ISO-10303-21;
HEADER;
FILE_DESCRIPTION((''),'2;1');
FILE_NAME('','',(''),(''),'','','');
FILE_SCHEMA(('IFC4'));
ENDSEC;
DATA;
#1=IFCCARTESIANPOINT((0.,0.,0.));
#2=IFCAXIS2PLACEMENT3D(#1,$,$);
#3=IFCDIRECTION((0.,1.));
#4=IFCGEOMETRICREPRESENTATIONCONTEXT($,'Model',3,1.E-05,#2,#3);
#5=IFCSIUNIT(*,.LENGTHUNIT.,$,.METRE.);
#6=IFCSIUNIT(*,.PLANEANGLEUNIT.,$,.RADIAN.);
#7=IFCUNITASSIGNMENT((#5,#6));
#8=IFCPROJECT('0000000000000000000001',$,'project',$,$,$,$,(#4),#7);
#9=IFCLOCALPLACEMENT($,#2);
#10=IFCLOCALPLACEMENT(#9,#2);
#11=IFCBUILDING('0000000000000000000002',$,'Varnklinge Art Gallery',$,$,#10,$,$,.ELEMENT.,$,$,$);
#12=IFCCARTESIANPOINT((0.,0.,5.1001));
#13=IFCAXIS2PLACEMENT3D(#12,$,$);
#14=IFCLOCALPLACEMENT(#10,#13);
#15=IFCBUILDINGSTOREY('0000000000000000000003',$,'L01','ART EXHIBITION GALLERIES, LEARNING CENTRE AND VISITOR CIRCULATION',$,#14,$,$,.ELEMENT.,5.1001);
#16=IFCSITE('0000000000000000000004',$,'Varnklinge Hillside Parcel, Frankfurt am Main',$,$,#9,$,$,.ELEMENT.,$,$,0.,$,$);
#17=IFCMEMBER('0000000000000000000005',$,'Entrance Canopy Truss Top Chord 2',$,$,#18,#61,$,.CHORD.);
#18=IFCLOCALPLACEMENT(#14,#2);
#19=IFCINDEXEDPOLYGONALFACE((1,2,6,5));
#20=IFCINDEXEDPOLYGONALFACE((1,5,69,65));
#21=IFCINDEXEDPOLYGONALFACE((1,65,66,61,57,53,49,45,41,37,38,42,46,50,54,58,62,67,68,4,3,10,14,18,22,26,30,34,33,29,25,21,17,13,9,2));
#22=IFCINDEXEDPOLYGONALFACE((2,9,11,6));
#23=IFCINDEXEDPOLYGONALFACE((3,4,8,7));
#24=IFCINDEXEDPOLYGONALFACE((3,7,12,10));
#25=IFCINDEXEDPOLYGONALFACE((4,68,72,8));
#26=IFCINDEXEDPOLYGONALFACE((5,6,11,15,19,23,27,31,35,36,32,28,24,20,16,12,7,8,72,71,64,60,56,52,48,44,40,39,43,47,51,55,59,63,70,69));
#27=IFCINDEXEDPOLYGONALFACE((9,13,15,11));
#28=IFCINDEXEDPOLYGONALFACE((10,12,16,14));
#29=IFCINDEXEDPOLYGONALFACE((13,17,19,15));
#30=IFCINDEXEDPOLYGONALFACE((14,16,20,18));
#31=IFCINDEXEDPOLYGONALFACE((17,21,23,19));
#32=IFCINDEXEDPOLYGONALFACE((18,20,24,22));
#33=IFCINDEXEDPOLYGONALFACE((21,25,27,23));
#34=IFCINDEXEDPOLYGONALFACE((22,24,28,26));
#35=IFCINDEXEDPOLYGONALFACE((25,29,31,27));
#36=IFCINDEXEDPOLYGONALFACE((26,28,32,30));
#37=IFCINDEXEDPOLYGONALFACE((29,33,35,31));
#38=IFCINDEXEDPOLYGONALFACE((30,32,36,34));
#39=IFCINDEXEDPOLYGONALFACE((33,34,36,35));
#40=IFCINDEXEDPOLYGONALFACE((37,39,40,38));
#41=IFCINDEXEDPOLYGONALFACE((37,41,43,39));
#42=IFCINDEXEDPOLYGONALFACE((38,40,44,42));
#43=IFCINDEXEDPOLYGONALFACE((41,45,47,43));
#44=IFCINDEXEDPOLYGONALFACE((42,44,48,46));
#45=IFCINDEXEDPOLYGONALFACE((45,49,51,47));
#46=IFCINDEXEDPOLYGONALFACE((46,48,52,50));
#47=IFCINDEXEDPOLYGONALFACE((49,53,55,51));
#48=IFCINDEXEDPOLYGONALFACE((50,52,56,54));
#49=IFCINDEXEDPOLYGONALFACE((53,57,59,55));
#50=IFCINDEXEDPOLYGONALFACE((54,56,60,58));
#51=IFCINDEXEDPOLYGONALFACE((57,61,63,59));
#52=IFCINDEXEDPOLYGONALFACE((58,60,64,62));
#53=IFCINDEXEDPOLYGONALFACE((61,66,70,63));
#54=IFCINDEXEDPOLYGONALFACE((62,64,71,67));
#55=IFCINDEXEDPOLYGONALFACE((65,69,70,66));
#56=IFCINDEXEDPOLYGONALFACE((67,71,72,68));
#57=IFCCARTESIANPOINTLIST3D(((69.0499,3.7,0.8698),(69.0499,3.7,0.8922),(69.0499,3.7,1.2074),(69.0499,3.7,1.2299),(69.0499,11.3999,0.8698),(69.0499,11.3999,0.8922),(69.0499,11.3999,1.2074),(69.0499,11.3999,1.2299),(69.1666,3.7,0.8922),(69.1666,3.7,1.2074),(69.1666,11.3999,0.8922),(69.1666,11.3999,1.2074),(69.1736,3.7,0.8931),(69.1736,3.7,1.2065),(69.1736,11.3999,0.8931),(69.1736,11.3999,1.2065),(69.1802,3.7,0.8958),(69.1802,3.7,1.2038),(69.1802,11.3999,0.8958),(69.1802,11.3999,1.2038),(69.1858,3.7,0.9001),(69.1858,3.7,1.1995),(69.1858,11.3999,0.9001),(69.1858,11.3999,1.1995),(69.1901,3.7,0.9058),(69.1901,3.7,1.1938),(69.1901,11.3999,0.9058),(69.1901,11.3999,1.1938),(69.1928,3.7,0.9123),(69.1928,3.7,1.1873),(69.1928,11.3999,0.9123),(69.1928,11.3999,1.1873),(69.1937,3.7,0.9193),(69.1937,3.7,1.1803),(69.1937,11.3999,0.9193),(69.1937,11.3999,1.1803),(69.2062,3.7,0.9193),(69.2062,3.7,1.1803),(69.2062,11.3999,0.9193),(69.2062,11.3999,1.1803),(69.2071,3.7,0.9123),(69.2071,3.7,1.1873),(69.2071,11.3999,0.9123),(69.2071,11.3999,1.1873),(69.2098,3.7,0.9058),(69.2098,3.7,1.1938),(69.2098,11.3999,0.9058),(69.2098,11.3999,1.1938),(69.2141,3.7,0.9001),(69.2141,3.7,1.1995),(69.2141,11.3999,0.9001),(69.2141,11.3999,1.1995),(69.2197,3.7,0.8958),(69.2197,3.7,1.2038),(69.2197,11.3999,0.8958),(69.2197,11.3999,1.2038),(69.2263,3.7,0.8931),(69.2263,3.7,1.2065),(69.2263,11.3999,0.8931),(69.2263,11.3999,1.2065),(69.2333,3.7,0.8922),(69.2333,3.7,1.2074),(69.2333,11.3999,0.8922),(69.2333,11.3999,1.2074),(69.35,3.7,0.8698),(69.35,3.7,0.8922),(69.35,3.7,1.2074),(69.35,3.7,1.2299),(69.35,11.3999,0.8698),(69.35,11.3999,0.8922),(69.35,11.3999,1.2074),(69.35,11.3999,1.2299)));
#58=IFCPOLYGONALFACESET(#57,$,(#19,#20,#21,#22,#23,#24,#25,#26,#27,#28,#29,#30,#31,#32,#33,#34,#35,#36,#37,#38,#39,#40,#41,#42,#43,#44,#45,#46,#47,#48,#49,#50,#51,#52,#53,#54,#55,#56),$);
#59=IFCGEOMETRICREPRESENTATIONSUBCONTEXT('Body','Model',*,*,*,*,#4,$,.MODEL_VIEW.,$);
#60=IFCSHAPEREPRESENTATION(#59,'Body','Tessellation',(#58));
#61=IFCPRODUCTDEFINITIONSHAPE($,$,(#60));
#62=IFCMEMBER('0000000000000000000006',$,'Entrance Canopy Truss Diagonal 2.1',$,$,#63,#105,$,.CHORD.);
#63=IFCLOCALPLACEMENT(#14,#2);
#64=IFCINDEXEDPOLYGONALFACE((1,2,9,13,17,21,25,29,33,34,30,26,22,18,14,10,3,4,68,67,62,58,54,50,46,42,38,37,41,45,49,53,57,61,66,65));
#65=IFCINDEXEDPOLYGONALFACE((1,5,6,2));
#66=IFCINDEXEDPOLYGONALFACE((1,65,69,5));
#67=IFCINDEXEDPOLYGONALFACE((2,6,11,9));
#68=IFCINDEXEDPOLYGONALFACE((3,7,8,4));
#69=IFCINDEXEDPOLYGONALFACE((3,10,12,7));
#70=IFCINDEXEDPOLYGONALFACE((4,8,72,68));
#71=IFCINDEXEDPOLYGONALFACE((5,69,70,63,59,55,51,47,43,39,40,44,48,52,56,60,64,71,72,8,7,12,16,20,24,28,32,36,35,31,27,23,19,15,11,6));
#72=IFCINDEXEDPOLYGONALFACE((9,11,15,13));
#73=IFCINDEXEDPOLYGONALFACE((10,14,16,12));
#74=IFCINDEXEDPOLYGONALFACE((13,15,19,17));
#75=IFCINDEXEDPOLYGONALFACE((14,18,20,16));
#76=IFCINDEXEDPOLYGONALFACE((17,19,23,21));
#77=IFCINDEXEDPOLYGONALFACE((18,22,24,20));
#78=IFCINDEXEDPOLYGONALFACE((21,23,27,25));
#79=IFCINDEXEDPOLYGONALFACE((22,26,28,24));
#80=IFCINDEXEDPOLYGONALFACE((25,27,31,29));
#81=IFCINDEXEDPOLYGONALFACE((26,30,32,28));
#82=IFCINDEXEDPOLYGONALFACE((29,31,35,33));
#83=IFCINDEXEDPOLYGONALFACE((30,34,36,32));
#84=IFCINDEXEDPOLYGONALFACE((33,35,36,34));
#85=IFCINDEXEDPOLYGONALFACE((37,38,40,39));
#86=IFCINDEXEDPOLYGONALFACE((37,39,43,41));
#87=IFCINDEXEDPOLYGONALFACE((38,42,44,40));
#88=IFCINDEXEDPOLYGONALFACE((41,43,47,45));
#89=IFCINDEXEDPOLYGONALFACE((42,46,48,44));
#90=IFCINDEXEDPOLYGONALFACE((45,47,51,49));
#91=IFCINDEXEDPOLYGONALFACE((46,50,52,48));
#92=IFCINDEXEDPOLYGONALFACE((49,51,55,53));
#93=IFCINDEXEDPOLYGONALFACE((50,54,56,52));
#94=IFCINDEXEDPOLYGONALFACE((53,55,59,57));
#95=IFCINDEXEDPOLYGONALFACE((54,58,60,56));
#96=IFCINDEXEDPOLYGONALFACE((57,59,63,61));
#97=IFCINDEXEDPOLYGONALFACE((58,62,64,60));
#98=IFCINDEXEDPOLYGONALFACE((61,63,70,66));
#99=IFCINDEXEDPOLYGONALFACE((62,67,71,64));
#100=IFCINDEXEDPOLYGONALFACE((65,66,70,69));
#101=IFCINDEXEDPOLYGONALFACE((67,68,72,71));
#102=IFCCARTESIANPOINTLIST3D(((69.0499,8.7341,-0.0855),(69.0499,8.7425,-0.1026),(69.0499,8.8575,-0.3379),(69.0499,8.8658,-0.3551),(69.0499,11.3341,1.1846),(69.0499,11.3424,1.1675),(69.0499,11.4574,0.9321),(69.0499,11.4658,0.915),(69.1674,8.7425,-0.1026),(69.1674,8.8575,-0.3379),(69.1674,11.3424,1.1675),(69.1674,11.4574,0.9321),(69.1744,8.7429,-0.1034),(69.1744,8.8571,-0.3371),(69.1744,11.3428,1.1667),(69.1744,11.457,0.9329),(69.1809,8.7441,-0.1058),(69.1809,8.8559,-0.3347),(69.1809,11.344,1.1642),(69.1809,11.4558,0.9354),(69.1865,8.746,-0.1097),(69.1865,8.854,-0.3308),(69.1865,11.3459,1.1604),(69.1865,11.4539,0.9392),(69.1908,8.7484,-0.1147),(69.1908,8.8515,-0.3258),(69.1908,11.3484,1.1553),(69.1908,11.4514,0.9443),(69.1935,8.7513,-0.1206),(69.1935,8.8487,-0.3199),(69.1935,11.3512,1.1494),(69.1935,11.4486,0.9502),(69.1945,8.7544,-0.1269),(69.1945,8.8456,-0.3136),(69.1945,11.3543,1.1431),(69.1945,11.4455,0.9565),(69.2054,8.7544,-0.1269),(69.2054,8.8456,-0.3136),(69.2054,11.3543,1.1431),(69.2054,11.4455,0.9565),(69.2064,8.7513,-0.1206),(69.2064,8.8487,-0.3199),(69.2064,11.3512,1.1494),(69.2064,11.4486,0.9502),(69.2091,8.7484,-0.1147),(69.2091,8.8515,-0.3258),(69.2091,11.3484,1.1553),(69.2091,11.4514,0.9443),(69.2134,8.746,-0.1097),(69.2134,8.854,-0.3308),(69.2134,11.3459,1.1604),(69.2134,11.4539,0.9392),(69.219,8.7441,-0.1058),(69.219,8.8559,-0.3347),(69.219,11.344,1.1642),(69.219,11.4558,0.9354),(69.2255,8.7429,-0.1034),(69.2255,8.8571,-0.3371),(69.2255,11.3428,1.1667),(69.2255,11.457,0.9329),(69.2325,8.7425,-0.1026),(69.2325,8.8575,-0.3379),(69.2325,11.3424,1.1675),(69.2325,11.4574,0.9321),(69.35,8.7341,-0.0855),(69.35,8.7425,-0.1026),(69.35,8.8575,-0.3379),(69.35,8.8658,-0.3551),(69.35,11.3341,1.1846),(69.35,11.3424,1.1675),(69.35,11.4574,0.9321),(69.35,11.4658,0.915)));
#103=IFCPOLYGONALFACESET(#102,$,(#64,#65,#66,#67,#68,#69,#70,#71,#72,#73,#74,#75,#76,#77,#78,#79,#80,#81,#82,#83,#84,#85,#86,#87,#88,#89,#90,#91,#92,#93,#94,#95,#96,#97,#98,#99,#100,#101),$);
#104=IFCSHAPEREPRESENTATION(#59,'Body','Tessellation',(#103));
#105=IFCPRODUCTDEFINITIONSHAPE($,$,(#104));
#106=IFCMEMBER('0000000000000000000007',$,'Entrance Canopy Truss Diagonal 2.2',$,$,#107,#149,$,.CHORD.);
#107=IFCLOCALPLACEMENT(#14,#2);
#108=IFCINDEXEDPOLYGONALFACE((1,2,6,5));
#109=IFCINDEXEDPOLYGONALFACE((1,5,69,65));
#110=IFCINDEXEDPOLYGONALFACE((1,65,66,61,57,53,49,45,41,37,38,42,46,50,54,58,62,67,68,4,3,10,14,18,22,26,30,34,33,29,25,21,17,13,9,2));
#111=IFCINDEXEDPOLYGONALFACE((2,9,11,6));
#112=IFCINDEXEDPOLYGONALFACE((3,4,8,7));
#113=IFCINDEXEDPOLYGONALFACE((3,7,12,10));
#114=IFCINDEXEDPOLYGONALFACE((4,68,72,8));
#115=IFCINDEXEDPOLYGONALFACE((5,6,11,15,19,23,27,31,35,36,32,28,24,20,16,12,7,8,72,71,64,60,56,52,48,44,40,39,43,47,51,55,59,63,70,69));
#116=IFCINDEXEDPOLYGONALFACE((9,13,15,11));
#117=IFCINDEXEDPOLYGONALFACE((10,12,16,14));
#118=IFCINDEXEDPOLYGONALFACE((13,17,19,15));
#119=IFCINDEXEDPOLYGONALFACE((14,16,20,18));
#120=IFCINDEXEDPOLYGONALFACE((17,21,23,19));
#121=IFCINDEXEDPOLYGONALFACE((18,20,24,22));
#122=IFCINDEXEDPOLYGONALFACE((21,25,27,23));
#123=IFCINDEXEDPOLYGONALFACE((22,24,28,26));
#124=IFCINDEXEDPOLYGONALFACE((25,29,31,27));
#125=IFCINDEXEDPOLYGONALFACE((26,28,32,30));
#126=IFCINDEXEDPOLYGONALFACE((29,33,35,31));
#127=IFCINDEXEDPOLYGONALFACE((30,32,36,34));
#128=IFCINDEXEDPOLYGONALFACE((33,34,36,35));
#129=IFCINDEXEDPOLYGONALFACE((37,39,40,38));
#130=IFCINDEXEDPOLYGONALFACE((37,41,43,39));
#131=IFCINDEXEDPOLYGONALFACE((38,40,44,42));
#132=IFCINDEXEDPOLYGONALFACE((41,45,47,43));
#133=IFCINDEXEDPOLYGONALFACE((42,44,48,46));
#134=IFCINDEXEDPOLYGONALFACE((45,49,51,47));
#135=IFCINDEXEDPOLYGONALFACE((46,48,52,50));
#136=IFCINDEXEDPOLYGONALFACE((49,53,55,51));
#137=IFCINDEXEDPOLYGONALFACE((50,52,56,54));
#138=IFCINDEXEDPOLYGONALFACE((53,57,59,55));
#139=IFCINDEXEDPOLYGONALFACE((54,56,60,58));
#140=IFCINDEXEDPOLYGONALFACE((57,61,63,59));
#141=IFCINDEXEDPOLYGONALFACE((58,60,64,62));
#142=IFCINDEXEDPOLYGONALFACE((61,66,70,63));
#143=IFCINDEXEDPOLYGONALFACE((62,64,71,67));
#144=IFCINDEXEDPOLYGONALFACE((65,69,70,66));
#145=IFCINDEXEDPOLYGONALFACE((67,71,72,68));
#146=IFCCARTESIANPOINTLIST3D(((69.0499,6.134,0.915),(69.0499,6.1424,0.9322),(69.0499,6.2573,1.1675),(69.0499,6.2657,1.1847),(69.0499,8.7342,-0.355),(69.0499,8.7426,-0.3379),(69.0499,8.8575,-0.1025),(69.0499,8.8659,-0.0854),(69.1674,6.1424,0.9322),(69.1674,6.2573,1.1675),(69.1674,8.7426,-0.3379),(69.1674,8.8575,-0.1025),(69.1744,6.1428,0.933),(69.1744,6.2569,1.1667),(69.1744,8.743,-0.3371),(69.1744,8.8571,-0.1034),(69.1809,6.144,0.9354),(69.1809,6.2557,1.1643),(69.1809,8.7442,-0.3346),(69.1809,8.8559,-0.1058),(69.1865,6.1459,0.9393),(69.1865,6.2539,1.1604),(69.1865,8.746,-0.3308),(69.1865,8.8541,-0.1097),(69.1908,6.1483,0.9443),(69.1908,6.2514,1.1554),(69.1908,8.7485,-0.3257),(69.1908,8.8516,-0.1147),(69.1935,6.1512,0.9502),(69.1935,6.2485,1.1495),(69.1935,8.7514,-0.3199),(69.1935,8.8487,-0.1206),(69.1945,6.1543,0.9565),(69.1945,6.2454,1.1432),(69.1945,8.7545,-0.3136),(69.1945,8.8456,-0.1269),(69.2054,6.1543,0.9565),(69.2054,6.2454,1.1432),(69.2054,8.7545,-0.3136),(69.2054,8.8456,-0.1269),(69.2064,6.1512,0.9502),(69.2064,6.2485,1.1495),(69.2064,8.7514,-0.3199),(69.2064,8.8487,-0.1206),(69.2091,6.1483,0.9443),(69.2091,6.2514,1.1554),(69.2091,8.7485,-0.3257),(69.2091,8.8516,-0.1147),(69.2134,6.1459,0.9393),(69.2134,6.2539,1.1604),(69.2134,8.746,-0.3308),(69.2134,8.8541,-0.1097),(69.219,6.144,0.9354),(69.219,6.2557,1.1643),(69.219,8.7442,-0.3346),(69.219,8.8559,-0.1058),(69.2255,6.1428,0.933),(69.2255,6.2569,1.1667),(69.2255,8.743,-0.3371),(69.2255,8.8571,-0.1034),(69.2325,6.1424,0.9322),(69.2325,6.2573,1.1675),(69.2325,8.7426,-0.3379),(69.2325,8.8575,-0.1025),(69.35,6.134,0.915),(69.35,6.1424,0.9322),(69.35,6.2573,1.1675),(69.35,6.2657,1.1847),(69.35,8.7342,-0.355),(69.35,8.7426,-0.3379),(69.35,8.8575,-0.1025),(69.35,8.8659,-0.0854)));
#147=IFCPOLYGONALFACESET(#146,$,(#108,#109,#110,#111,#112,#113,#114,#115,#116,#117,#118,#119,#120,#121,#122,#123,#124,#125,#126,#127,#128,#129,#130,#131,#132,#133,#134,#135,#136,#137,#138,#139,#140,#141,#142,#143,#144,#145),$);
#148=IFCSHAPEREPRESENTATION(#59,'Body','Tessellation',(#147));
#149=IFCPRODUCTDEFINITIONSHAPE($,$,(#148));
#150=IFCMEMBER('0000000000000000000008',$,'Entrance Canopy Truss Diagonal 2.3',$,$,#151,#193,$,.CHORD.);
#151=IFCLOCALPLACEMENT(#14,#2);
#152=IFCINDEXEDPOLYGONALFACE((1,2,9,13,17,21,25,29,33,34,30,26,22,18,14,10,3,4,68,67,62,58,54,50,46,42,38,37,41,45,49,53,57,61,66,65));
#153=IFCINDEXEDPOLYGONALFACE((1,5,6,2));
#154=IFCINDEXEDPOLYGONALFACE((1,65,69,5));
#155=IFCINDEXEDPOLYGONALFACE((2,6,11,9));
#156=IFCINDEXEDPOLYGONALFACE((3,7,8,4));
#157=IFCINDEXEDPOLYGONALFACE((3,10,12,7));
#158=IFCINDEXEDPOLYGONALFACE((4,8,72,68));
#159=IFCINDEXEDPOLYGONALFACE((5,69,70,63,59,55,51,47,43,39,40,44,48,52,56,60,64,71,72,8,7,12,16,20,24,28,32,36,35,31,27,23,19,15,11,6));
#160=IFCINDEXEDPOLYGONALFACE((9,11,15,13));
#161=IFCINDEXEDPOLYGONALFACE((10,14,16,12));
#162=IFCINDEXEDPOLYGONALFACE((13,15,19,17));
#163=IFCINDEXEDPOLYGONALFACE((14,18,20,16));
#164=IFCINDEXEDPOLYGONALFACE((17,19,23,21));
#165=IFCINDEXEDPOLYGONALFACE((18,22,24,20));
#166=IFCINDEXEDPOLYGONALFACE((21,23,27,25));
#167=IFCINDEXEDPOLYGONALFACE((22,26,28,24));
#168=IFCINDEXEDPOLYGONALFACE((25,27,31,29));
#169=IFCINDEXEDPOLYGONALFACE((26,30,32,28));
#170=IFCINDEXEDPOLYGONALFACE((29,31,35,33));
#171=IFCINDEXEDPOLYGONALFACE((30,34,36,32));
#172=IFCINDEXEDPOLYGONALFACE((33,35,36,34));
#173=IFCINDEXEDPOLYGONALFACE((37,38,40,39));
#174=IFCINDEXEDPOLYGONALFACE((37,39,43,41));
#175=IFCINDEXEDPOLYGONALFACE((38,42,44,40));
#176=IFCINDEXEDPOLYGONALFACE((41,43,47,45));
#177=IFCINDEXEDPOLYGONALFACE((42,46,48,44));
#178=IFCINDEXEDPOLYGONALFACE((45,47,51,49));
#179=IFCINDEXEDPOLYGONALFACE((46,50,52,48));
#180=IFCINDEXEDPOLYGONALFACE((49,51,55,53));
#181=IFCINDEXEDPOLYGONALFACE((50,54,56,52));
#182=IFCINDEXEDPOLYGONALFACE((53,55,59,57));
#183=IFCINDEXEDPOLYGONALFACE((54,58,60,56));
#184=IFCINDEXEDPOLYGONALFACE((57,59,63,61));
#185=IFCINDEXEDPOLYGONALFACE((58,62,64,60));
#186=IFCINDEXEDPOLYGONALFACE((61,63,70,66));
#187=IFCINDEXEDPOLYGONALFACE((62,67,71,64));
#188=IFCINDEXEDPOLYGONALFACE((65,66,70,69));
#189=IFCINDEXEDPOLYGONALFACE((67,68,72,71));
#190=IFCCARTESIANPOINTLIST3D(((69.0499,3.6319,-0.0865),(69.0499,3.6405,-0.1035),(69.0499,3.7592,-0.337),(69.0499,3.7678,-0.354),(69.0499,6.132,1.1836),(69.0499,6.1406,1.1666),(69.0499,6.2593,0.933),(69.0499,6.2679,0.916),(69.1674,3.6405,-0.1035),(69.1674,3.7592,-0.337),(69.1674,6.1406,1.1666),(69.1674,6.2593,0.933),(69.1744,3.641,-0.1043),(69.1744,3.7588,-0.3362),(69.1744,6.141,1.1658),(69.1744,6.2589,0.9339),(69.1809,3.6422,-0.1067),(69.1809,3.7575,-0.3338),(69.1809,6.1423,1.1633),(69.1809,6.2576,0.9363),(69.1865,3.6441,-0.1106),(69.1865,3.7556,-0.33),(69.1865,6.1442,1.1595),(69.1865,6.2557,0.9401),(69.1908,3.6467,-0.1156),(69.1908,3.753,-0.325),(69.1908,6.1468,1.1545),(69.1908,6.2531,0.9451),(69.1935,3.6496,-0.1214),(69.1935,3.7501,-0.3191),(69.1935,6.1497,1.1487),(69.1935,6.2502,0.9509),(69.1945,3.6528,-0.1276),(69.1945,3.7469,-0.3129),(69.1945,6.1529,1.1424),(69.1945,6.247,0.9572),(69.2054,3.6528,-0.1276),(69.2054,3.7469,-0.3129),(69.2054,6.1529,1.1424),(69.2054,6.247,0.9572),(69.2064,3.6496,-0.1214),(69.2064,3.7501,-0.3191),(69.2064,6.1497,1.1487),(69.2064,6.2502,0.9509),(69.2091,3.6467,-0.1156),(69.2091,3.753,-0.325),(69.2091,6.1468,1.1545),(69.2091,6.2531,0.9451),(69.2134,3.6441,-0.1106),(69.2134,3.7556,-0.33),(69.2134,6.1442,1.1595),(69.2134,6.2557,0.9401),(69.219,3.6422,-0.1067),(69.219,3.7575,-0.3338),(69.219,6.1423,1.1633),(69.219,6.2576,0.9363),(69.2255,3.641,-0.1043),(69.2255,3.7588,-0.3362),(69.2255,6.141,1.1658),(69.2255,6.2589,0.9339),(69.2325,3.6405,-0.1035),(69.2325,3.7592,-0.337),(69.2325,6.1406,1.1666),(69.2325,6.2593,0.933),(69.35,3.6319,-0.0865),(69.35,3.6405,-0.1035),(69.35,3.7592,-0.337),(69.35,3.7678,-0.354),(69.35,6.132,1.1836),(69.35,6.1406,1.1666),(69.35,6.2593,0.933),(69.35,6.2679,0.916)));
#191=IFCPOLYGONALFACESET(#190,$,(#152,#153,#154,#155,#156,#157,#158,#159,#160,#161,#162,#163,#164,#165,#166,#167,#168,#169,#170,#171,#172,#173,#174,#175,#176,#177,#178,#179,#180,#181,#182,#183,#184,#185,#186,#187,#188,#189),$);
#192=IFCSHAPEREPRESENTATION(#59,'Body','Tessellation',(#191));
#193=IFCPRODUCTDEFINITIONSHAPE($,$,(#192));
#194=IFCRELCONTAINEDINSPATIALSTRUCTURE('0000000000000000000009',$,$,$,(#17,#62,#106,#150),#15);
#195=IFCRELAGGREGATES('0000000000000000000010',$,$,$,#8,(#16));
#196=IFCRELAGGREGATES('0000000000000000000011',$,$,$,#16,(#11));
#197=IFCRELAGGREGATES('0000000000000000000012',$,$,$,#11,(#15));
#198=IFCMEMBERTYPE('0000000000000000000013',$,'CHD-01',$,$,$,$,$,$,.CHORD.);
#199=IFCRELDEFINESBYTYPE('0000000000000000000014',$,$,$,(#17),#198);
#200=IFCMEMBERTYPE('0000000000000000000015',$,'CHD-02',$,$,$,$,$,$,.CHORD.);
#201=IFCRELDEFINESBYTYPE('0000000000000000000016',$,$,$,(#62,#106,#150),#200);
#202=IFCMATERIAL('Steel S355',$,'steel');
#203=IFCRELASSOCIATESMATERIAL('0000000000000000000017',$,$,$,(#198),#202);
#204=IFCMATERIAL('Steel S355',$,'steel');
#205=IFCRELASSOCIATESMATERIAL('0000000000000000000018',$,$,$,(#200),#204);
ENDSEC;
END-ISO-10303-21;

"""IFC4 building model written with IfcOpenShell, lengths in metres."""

from ifc_helpers import new_model, si_unit, direction, frame, origin, origin_2d, place, context, subcontext, project, spatial, i_section, extrude, material, material_profile, profile_set, type_object, element, save


model = new_model("IFC4")

# Units and contexts
model_context = context("Model", 3, precision=1e-05, world=origin(), true_north=direction((0.0, 1.0)))
body_context = subcontext(model_context, "Body", "Model", "MODEL_VIEW")
ifc_project = project(units=[si_unit("LENGTHUNIT", "METRE"), si_unit("PLANEANGLEUNIT", "RADIAN")], contexts=[model_context])

# Site, building, storey
site_placement = place(None, origin())
site = spatial("IfcSite", under=ifc_project, at=site_placement, Name="Varnklinge Hillside Parcel, Frankfurt am Main", CompositionType="ELEMENT", RefElevation=0.0)
building_placement = place(site_placement, origin())
building = spatial("IfcBuilding", under=site, at=building_placement, Name="Varnklinge Art Gallery", CompositionType="ELEMENT")
storey_placement = place(building_placement, frame((0.0, 0.0, 5.1001)))
storey = spatial("IfcBuildingStorey", under=building, at=storey_placement, Name="L01", Description="ART EXHIBITION GALLERIES, LEARNING CENTRE AND VISITOR CIRCULATION", CompositionType="ELEMENT", Elevation=5.1001)

# Members
ifc_material_1 = material(Name="Steel S355", Category="steel")
ifc_material_profile_1 = material_profile(ifc_material_1, i_section(OverallWidth=0.3, OverallDepth=0.3601, WebThickness=0.0125, FlangeThickness=0.0225, FilletRadius=0.0271, at=origin_2d()), Name="HEB 360")
ifc_profile_set_1 = profile_set([ifc_material_profile_1], Name="Steel S355")
member_type_1 = type_object("IfcMemberType", Name="CHD-01", PredefinedType="CHORD", material=ifc_profile_set_1)
member_1_placement = place(storey_placement, frame((69.2, 11.3999, 1.0498), z_axis=(0.0, -1.0, 0.0), x_axis=(1.0, 0.0, 0.0)))
element("IfcMember", 1, at=member_1_placement, inside=storey, type_object=member_type_1, Name="Entrance Canopy Truss Top Chord 2", PredefinedType="CHORD", context=body_context, shape_type="SweptSolid", body=[
    extrude(i_section(OverallWidth=0.3, OverallDepth=0.3601, WebThickness=0.0125, FlangeThickness=0.0225, FilletRadius=0.0271, at=origin_2d()), origin(), (0.0, 0.0, 1.0), 7.7),
])
ifc_material_2 = material(Name="Steel S355", Category="steel")
ifc_material_profile_2 = material_profile(ifc_material_2, i_section(OverallWidth=0.3, OverallDepth=0.3, WebThickness=0.011, FlangeThickness=0.019, FilletRadius=0.0271, at=origin_2d()), Name="HEB 300")
ifc_profile_set_2 = profile_set([ifc_material_profile_2], Name="Steel S355")
member_type_2 = type_object("IfcMemberType", Name="CHD-02", PredefinedType="CHORD", material=ifc_profile_set_2)
member_2_placement = place(storey_placement, frame((69.2, 11.3999, 1.0498), z_axis=(0.0, -0.898523, -0.438926), x_axis=(1.0, 0.0, 0.0)))
element("IfcMember", 2, at=member_2_placement, inside=storey, type_object=member_type_2, Name="Entrance Canopy Truss Diagonal 2.1", PredefinedType="CHORD", context=body_context, shape_type="SweptSolid", body=[
    extrude(i_section(OverallWidth=0.3, OverallDepth=0.3, WebThickness=0.011, FlangeThickness=0.019, FilletRadius=0.0271, at=origin_2d()), origin(), (0.0, 0.0, 1.0), 2.8936),
])
member_3_placement = place(storey_placement, frame((69.2, 8.8, -0.2202), z_axis=(0.0, -0.89854, 0.438892), x_axis=(1.0, 0.0, 0.0)))
element("IfcMember", 3, at=member_3_placement, inside=storey, type_object=member_type_2, Name="Entrance Canopy Truss Diagonal 2.2", PredefinedType="CHORD", context=body_context, shape_type="SweptSolid", body=[
    extrude(i_section(OverallWidth=0.3, OverallDepth=0.3, WebThickness=0.011, FlangeThickness=0.019, FilletRadius=0.0271, at=origin_2d()), origin(), (0.0, 0.0, 1.0), 2.8938),
])
member_4_placement = place(storey_placement, frame((69.2, 6.2, 1.0498), z_axis=(0.0, -0.891553, -0.452916), x_axis=(1.0, 0.0, 0.0)))
element("IfcMember", 4, at=member_4_placement, inside=storey, type_object=member_type_2, Name="Entrance Canopy Truss Diagonal 2.3", PredefinedType="CHORD", context=body_context, shape_type="SweptSolid", body=[
    extrude(i_section(OverallWidth=0.3, OverallDepth=0.3, WebThickness=0.011, FlangeThickness=0.019, FilletRadius=0.0271, at=origin_2d()), origin(), (0.0, 0.0, 1.0), 2.8042),
])

save(model, "model.ifc")
